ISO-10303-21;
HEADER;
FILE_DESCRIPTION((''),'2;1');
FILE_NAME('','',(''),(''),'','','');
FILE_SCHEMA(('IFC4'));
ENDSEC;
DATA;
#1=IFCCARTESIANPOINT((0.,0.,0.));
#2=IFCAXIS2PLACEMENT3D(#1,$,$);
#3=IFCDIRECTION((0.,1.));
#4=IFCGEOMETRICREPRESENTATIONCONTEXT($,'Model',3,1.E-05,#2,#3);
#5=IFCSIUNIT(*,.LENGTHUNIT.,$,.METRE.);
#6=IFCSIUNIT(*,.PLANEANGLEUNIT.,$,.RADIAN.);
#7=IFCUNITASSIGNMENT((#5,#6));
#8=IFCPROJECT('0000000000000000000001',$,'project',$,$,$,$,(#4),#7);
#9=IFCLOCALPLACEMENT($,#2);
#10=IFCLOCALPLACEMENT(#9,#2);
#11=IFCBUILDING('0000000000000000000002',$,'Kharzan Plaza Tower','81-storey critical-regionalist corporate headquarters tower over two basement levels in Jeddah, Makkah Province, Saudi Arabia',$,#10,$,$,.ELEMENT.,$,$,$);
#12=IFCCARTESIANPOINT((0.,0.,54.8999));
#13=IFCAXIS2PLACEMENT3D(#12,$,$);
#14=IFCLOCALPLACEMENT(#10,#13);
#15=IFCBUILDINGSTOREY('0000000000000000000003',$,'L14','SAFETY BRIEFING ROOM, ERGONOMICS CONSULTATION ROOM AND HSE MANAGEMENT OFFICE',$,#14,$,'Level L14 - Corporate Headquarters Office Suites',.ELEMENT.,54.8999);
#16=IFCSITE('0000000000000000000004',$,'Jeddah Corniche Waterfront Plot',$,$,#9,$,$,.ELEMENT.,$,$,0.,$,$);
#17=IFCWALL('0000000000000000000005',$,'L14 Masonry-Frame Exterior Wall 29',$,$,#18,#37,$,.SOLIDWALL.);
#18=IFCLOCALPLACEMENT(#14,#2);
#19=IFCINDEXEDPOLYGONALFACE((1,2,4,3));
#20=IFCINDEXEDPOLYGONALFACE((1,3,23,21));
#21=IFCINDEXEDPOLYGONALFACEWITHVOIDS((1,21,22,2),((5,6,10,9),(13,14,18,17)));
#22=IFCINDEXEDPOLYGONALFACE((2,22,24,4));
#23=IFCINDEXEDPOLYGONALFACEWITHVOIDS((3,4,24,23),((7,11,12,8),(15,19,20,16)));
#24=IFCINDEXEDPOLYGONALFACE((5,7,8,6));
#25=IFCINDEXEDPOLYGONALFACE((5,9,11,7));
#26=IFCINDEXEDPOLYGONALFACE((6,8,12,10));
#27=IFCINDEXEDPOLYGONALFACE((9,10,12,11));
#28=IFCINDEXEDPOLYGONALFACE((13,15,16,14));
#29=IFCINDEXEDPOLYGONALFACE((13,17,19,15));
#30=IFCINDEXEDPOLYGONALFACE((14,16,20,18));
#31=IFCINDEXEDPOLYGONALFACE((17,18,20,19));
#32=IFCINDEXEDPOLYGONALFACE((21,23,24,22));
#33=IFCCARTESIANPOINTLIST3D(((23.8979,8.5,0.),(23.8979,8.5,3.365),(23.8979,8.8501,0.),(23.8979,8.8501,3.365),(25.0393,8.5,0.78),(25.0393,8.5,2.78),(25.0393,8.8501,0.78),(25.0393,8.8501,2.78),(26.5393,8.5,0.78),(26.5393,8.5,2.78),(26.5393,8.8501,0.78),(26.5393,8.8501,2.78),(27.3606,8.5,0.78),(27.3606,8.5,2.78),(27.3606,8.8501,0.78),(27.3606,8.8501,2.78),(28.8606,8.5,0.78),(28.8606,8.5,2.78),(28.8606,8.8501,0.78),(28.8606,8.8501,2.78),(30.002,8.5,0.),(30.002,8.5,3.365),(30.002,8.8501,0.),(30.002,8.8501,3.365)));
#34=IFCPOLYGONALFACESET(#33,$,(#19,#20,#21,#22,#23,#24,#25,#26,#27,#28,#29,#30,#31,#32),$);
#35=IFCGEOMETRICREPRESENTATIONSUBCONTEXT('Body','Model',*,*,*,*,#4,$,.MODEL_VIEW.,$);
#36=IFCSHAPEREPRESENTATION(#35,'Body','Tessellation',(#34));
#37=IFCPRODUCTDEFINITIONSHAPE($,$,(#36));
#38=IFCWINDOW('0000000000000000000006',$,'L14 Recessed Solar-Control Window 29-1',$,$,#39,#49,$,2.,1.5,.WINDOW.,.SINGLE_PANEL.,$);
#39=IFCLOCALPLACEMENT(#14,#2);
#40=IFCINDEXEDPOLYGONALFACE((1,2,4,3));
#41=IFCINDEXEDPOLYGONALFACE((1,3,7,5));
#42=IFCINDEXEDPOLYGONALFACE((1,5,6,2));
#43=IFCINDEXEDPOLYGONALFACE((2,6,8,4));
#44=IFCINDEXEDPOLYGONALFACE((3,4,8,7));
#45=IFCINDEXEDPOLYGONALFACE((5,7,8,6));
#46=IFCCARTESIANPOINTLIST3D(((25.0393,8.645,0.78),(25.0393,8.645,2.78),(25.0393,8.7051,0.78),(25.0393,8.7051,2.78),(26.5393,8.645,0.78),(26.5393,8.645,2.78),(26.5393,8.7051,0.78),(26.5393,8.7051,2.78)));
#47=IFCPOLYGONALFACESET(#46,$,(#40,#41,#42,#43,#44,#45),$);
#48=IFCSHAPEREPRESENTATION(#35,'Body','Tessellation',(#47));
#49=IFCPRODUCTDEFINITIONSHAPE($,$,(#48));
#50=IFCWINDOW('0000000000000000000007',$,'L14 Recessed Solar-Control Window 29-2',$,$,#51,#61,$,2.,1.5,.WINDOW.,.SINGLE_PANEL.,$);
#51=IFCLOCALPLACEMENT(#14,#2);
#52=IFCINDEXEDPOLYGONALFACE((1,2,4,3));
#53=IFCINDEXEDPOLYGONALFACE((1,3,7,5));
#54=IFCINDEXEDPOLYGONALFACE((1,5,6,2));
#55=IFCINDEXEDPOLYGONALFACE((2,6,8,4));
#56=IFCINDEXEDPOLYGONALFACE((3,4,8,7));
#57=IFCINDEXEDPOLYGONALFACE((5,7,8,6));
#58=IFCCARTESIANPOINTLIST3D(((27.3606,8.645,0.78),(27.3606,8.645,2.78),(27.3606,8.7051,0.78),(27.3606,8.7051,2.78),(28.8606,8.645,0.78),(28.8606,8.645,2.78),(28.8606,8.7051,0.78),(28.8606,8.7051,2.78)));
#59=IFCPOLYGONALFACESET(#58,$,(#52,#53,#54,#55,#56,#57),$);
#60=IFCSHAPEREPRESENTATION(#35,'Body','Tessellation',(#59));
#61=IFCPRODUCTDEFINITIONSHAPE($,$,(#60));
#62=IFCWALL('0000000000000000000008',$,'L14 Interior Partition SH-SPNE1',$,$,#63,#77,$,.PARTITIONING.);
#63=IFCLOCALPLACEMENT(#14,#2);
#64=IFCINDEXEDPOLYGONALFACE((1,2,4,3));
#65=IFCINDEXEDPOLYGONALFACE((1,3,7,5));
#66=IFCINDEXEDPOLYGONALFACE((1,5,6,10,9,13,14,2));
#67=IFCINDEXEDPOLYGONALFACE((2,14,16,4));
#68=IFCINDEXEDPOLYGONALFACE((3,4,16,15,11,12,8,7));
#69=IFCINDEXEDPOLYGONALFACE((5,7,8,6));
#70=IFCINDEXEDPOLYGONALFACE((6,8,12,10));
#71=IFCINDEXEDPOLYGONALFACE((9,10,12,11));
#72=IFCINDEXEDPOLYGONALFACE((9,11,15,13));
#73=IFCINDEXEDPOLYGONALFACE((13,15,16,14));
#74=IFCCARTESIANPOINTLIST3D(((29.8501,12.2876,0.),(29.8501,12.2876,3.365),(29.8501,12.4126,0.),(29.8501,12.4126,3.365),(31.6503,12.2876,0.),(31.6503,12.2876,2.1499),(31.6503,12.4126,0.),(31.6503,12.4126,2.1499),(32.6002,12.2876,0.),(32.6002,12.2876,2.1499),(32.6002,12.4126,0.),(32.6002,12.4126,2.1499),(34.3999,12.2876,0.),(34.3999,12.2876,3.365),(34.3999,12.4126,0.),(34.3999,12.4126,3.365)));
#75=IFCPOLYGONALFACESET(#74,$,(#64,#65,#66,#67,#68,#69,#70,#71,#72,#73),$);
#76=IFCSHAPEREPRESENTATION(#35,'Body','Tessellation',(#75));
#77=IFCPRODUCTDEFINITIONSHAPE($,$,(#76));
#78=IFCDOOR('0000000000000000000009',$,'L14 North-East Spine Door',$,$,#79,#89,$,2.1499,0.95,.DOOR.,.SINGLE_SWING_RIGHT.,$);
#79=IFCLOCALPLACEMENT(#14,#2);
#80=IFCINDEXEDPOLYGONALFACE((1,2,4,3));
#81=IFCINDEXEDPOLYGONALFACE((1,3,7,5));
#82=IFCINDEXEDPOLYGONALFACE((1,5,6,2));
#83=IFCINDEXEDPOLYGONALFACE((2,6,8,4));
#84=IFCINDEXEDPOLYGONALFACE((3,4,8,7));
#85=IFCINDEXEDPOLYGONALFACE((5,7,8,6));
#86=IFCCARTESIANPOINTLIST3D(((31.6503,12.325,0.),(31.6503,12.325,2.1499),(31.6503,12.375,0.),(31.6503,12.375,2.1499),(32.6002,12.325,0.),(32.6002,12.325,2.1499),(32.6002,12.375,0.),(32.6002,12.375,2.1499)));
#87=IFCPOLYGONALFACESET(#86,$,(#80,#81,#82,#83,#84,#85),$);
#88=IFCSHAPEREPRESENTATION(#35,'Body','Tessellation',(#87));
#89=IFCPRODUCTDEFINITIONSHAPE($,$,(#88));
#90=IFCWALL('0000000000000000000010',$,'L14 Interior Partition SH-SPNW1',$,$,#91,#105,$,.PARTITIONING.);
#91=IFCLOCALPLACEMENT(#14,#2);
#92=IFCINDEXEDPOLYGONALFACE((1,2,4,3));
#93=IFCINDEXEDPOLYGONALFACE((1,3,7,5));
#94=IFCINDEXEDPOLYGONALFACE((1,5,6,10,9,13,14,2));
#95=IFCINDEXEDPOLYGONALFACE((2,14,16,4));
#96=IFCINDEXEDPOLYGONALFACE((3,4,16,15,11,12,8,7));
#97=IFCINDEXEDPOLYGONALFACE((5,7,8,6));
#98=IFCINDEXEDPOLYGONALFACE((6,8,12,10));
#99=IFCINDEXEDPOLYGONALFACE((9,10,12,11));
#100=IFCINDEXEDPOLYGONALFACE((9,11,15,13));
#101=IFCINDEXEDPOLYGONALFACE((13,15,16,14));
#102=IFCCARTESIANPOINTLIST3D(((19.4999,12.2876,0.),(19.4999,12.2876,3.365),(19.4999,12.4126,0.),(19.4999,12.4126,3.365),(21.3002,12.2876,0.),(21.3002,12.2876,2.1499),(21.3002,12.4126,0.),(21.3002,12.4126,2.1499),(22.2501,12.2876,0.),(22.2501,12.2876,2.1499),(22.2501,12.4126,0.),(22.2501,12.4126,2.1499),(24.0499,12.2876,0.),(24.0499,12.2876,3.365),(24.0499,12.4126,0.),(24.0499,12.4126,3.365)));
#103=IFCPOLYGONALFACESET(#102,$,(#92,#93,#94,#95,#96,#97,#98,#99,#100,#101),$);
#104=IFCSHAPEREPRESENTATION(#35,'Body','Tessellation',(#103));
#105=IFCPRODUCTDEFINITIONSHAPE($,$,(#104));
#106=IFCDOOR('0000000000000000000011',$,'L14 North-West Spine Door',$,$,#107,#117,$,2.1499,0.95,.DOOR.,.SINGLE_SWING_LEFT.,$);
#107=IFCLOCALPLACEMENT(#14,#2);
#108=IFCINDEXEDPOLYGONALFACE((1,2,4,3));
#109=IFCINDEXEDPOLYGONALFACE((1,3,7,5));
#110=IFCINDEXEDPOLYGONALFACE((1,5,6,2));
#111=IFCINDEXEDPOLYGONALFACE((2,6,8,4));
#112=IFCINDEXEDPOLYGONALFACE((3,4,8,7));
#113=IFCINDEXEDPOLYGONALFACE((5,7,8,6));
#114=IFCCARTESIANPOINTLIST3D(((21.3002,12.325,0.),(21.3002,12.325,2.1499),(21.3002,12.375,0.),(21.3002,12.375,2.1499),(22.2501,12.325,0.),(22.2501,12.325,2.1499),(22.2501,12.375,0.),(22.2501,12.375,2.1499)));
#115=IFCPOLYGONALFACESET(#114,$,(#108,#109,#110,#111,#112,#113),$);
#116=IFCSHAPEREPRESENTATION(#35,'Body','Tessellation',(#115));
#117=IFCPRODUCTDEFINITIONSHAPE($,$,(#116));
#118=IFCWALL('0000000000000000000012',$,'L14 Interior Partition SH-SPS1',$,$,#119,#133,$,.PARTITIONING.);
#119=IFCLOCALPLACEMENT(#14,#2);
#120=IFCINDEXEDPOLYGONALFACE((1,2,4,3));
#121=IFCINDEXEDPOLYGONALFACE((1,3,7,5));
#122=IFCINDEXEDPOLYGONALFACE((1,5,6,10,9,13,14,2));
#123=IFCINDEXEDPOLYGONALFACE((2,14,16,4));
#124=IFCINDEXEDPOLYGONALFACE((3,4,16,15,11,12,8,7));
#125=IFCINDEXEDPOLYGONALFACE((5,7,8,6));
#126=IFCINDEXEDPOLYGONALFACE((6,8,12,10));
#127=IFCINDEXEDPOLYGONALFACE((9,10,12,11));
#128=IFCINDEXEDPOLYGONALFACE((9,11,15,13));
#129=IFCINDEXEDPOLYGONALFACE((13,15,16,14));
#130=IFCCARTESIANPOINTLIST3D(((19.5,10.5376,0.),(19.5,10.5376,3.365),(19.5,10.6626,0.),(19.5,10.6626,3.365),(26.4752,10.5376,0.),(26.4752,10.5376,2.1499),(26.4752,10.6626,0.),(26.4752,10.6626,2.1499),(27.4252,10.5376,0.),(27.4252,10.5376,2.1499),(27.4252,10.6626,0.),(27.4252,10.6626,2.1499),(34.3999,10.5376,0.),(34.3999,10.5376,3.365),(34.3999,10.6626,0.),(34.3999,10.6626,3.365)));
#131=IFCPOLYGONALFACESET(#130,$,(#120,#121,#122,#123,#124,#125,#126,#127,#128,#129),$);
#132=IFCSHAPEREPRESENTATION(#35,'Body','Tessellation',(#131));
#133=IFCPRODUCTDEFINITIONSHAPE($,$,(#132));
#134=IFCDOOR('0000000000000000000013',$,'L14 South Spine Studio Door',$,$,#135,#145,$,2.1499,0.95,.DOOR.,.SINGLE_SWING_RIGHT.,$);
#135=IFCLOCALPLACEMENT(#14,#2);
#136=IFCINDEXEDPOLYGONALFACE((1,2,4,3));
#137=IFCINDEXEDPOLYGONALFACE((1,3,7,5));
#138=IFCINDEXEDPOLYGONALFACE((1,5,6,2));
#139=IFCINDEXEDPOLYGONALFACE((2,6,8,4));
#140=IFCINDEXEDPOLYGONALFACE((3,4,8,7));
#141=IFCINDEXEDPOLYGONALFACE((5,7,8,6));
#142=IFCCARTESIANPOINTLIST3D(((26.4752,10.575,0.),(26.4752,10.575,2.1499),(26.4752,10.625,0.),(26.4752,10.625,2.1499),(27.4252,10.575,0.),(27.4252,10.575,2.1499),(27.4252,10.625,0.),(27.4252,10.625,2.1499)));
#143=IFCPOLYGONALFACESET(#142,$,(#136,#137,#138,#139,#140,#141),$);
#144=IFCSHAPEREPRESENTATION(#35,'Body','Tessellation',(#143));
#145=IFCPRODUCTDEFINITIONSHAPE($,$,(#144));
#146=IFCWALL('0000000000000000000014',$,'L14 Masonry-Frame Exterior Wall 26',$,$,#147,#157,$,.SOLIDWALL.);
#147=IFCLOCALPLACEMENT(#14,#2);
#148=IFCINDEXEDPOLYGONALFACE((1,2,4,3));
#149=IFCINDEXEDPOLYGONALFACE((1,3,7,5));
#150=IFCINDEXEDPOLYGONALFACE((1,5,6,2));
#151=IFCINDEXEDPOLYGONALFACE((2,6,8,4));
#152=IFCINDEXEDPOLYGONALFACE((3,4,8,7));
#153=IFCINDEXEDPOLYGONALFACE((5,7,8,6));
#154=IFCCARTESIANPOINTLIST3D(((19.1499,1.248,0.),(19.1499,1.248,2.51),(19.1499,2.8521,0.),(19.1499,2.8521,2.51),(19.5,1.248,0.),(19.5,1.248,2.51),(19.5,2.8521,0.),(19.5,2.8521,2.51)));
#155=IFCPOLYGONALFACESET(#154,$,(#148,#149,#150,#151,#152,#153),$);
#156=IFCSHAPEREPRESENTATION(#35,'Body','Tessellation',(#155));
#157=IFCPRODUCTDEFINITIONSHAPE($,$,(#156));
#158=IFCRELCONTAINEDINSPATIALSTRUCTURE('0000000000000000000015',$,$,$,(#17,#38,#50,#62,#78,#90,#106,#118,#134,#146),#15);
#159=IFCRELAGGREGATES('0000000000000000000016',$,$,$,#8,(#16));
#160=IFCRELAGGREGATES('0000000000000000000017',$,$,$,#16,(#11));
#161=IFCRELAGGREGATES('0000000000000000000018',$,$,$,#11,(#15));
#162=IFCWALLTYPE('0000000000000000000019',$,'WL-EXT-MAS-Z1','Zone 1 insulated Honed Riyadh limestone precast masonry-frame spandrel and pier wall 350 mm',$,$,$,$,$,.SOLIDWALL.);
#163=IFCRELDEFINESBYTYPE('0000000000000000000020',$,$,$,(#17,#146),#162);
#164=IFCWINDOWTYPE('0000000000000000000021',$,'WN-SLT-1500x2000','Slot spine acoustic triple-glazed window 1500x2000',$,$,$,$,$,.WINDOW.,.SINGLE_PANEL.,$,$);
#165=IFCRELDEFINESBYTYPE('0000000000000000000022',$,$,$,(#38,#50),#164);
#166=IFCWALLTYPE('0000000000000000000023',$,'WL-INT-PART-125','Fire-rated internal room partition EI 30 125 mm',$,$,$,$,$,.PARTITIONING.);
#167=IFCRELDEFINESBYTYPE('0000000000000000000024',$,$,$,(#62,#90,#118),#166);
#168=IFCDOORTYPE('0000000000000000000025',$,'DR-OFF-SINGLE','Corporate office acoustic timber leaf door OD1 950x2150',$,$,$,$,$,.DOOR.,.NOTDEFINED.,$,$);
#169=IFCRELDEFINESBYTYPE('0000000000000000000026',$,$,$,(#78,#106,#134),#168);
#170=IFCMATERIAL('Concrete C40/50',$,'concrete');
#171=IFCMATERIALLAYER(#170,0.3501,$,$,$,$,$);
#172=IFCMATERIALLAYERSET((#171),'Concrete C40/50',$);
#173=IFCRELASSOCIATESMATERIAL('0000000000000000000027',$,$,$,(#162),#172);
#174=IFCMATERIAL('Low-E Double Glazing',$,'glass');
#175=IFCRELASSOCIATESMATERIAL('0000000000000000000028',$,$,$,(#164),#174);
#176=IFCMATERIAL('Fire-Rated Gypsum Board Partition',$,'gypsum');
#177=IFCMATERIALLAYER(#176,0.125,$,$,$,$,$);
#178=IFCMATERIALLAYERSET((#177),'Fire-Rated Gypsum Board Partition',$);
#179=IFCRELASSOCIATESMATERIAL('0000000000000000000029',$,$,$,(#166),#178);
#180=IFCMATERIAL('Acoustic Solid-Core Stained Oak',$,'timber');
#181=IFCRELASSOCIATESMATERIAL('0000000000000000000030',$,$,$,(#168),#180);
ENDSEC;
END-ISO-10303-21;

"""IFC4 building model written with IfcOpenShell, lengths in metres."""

from ifc_helpers import new_model, si_unit, direction, frame, frame_2d, origin, place, context, subcontext, project, spatial, rectangle, extrude, source, transform, mapped, material, layer, layer_set, type_object, element, fill, save


model = new_model("IFC4")

# Units and contexts
model_context = context("Model", 3, precision=1e-05, world=origin(), true_north=direction((0.0, 1.0)))
body_context = subcontext(model_context, "Body", "Model", "MODEL_VIEW")
ifc_project = project(units=[si_unit("LENGTHUNIT", "METRE"), si_unit("PLANEANGLEUNIT", "RADIAN")], contexts=[model_context])

# Site, building, storey
site_placement = place(None, origin())
site = spatial("IfcSite", under=ifc_project, at=site_placement, Name="Jeddah Corniche Waterfront Plot", CompositionType="ELEMENT", RefElevation=0.0)
building_placement = place(site_placement, origin())
building = spatial("IfcBuilding", under=site, at=building_placement, Name="Kharzan Plaza Tower", Description="81-storey critical-regionalist corporate headquarters tower over two basement levels in Jeddah, Makkah Province, Saudi Arabia", CompositionType="ELEMENT")
storey_placement = place(building_placement, frame((0.0, 0.0, 54.8999)))
storey = spatial("IfcBuildingStorey", under=building, at=storey_placement, Name="L14", Description="SAFETY BRIEFING ROOM, ERGONOMICS CONSULTATION ROOM AND HSE MANAGEMENT OFFICE", LongName="Level L14 - Corporate Headquarters Office Suites", CompositionType="ELEMENT", Elevation=54.8999)

# Shared definitions
ifc_material_1 = material(Name="Concrete C40/50", Category="concrete")
ifc_layer_1 = layer(ifc_material_1, 0.3501)
ifc_layer_set_1 = layer_set([ifc_layer_1], Name="Concrete C40/50")
wall_type_1 = type_object("IfcWallType", Name="WL-EXT-MAS-Z1", Description="Zone 1 insulated Honed Riyadh limestone precast masonry-frame spandrel and pier wall 350 mm", PredefinedType="SOLIDWALL", material=ifc_layer_set_1)
ifc_material_2 = material(Name="Low-E Double Glazing", Category="glass")
window_type = type_object("IfcWindowType", Name="WN-SLT-1500x2000", Description="Slot spine acoustic triple-glazed window 1500x2000", PartitioningType="SINGLE_PANEL", PredefinedType="WINDOW", material=ifc_material_2)
shared_shape_1 = source(origin(), body_context, "Body", "SweptSolid", [
    extrude(rectangle(XDim=1.5, YDim=2.0, at=frame_2d((0.75, 1.0))), frame((0.0, 0.03, 0.0), z_axis=(0.0, -1.0, 0.0), x_axis=(1.0, 0.0, 0.0)), (0.0, 0.0, 1.0), 0.0601),
])

# Wall, openings, windows
wall_1_placement = place(storey_placement, frame((23.8979, 8.675, 0.0), z_axis=(0.0, 0.0, 1.0), x_axis=(1.0, 0.0, 0.0)))
wall_1 = element("IfcWall", 1, at=wall_1_placement, inside=storey, type_object=wall_type_1, Name="L14 Masonry-Frame Exterior Wall 29", PredefinedType="SOLIDWALL", context=body_context, shape_type="SweptSolid", body=[
    extrude(rectangle(XDim=6.104, YDim=0.3501, at=frame_2d((3.052, 0.0))), origin(), (0.0, 0.0, 1.0), 3.365),
])
opening_1_placement = place(wall_1_placement, frame((1.1414, 0.0, 0.78)))
opening_1 = element("IfcOpeningElement", 2, at=opening_1_placement, cuts=wall_1, PredefinedType="OPENING", context=body_context, shape_type="SweptSolid", body=[
    extrude(rectangle(XDim=1.5, YDim=2.0, at=frame_2d((0.75, 1.0))), frame((0.0, 0.1851, 0.0), z_axis=(0.0, -1.0, 0.0), x_axis=(1.0, 0.0, 0.0)), (0.0, 0.0, 1.0), 0.3701),
])
opening_2_placement = place(wall_1_placement, frame((3.4626, 0.0, 0.78)))
opening_2 = element("IfcOpeningElement", 3, at=opening_2_placement, cuts=wall_1, PredefinedType="OPENING", context=body_context, shape_type="SweptSolid", body=[
    extrude(rectangle(XDim=1.5, YDim=2.0, at=frame_2d((0.75, 1.0))), frame((0.0, 0.1851, 0.0), z_axis=(0.0, -1.0, 0.0), x_axis=(1.0, 0.0, 0.0)), (0.0, 0.0, 1.0), 0.3701),
])
window_1_placement = place(opening_1_placement, origin())
window_1 = element("IfcWindow", 4, at=window_1_placement, inside=storey, type_object=window_type, Name="L14 Recessed Solar-Control Window 29-1", OverallHeight=2.0, OverallWidth=1.5, PartitioningType="SINGLE_PANEL", PredefinedType="WINDOW", context=body_context, shape_type="MappedRepresentation", body=[
    mapped(shared_shape_1, transform((0.0, 0.0, 0.0), x_axis=(1.0, 0.0, 0.0), y_axis=(0.0, 1.0, 0.0), z_axis=(0.0, 0.0, 1.0))),
])
fill(opening_1, window_1)
window_2_placement = place(opening_2_placement, origin())
window_2 = element("IfcWindow", 5, at=window_2_placement, inside=storey, type_object=window_type, Name="L14 Recessed Solar-Control Window 29-2", OverallHeight=2.0, OverallWidth=1.5, PartitioningType="SINGLE_PANEL", PredefinedType="WINDOW", context=body_context, shape_type="MappedRepresentation", body=[
    mapped(shared_shape_1, transform((0.0, 0.0, 0.0), x_axis=(1.0, 0.0, 0.0), y_axis=(0.0, 1.0, 0.0), z_axis=(0.0, 0.0, 1.0))),
])
fill(opening_2, window_2)

# Walls, openings, doors
ifc_material_3 = material(Name="Fire-Rated Gypsum Board Partition", Category="gypsum")
ifc_layer_2 = layer(ifc_material_3, 0.125)
ifc_layer_set_2 = layer_set([ifc_layer_2], Name="Fire-Rated Gypsum Board Partition")
wall_type_2 = type_object("IfcWallType", Name="WL-INT-PART-125", Description="Fire-rated internal room partition EI 30 125 mm", PredefinedType="PARTITIONING", material=ifc_layer_set_2)
wall_2_placement = place(storey_placement, frame((29.8501, 12.3501, 0.0), z_axis=(0.0, 0.0, 1.0), x_axis=(1.0, 0.0, 0.0)))
wall_2 = element("IfcWall", 6, at=wall_2_placement, inside=storey, type_object=wall_type_2, Name="L14 Interior Partition SH-SPNE1", PredefinedType="PARTITIONING", context=body_context, shape_type="SweptSolid", body=[
    extrude(rectangle(XDim=4.5498, YDim=0.125, at=frame_2d((2.2749, 0.0))), origin(), (0.0, 0.0, 1.0), 3.365),
])
opening_3_placement = place(wall_2_placement, frame((1.8, 0.0, 0.0)))
opening_3 = element("IfcOpeningElement", 7, at=opening_3_placement, cuts=wall_2, PredefinedType="OPENING", context=body_context, shape_type="SweptSolid", body=[
    extrude(rectangle(XDim=0.95, YDim=2.1499, at=frame_2d((0.4751, 1.075))), frame((0.0, 0.0725, 0.0), z_axis=(0.0, -1.0, 0.0), x_axis=(1.0, 0.0, 0.0)), (0.0, 0.0, 1.0), 0.145),
])
ifc_material_4 = material(Name="Acoustic Solid-Core Stained Oak", Category="timber")
door_type = type_object("IfcDoorType", Name="DR-OFF-SINGLE", Description="Corporate office acoustic timber leaf door OD1 950x2150", OperationType="NOTDEFINED", PredefinedType="DOOR", material=ifc_material_4)
shared_shape_2 = source(origin(), body_context, "Body", "SweptSolid", [
    extrude(rectangle(XDim=0.95, YDim=2.1499, at=frame_2d((0.4751, 1.075))), frame((0.0, 0.0249, 0.0), z_axis=(0.0, -1.0, 0.0), x_axis=(1.0, 0.0, 0.0)), (0.0, 0.0, 1.0), 0.05),
])
door_1_placement = place(opening_3_placement, origin())
door_1 = element("IfcDoor", 8, at=door_1_placement, inside=storey, type_object=door_type, Name="L14 North-East Spine Door", OperationType="SINGLE_SWING_RIGHT", OverallHeight=2.1499, OverallWidth=0.95, PredefinedType="DOOR", context=body_context, shape_type="MappedRepresentation", body=[
    mapped(shared_shape_2, transform((0.0, 0.0, 0.0), x_axis=(1.0, 0.0, 0.0), y_axis=(0.0, 1.0, 0.0), z_axis=(0.0, 0.0, 1.0))),
])
fill(opening_3, door_1)
wall_3_placement = place(storey_placement, frame((19.5, 12.3501, 0.0), z_axis=(0.0, 0.0, 1.0), x_axis=(1.0, 0.0, 0.0)))
wall_3 = element("IfcWall", 9, at=wall_3_placement, inside=storey, type_object=wall_type_2, Name="L14 Interior Partition SH-SPNW1", PredefinedType="PARTITIONING", context=body_context, shape_type="SweptSolid", body=[
    extrude(rectangle(XDim=4.55, YDim=0.125, at=frame_2d((2.2749, 0.0))), origin(), (0.0, 0.0, 1.0), 3.365),
])
opening_4_placement = place(wall_3_placement, frame((1.8, 0.0, 0.0)))
opening_4 = element("IfcOpeningElement", 10, at=opening_4_placement, cuts=wall_3, PredefinedType="OPENING", context=body_context, shape_type="SweptSolid", body=[
    extrude(rectangle(XDim=0.95, YDim=2.1499, at=frame_2d((0.4751, 1.075))), frame((0.0, 0.0725, 0.0), z_axis=(0.0, -1.0, 0.0), x_axis=(1.0, 0.0, 0.0)), (0.0, 0.0, 1.0), 0.145),
])
door_2_placement = place(opening_4_placement, origin())
door_2 = element("IfcDoor", 11, at=door_2_placement, inside=storey, type_object=door_type, Name="L14 North-West Spine Door", OperationType="SINGLE_SWING_LEFT", OverallHeight=2.1499, OverallWidth=0.95, PredefinedType="DOOR", context=body_context, shape_type="MappedRepresentation", body=[
    mapped(shared_shape_2, transform((0.0, 0.0, 0.0), x_axis=(1.0, 0.0, 0.0), y_axis=(0.0, 1.0, 0.0), z_axis=(0.0, 0.0, 1.0))),
])
fill(opening_4, door_2)
wall_4_placement = place(storey_placement, frame((19.5, 10.6001, 0.0), z_axis=(0.0, 0.0, 1.0), x_axis=(1.0, 0.0, 0.0)))
wall_4 = element("IfcWall", 12, at=wall_4_placement, inside=storey, type_object=wall_type_2, Name="L14 Interior Partition SH-SPS1", PredefinedType="PARTITIONING", context=body_context, shape_type="SweptSolid", body=[
    extrude(rectangle(XDim=14.8999, YDim=0.125, at=frame_2d((7.45, 0.0))), origin(), (0.0, 0.0, 1.0), 3.365),
])
opening_5_placement = place(wall_4_placement, frame((6.9751, 0.0, 0.0)))
opening_5 = element("IfcOpeningElement", 13, at=opening_5_placement, cuts=wall_4, PredefinedType="OPENING", context=body_context, shape_type="SweptSolid", body=[
    extrude(rectangle(XDim=0.95, YDim=2.1499, at=frame_2d((0.4751, 1.075))), frame((0.0, 0.0725, 0.0), z_axis=(0.0, -1.0, 0.0), x_axis=(1.0, 0.0, 0.0)), (0.0, 0.0, 1.0), 0.145),
])
door_3_placement = place(opening_5_placement, origin())
door_3 = element("IfcDoor", 14, at=door_3_placement, inside=storey, type_object=door_type, Name="L14 South Spine Studio Door", OperationType="SINGLE_SWING_RIGHT", OverallHeight=2.1499, OverallWidth=0.95, PredefinedType="DOOR", context=body_context, shape_type="MappedRepresentation", body=[
    mapped(shared_shape_2, transform((0.0, 0.0, 0.0), x_axis=(1.0, 0.0, 0.0), y_axis=(0.0, 1.0, 0.0), z_axis=(0.0, 0.0, 1.0))),
])
fill(opening_5, door_3)

# Wall
shared_shape_3 = source(origin(), body_context, "Body", "SweptSolid", [
    extrude(rectangle(XDim=1.604, YDim=0.3501, at=frame_2d((0.802, 0.0))), origin(), (0.0, 0.0, 1.0), 2.51),
])
wall_5_placement = place(storey_placement, frame((19.325, 1.248, 0.0), z_axis=(0.0, 0.0, 1.0), x_axis=(0.0, 1.0, 0.0)))
element("IfcWall", 15, at=wall_5_placement, inside=storey, type_object=wall_type_1, Name="L14 Masonry-Frame Exterior Wall 26", PredefinedType="SOLIDWALL", context=body_context, shape_type="MappedRepresentation", body=[
    mapped(shared_shape_3, transform((0.0, 0.0, 0.0), x_axis=(1.0, 0.0, 0.0), y_axis=(0.0, 1.0, 0.0), z_axis=(0.0, 0.0, 1.0))),
])

save(model, "model.ifc")
